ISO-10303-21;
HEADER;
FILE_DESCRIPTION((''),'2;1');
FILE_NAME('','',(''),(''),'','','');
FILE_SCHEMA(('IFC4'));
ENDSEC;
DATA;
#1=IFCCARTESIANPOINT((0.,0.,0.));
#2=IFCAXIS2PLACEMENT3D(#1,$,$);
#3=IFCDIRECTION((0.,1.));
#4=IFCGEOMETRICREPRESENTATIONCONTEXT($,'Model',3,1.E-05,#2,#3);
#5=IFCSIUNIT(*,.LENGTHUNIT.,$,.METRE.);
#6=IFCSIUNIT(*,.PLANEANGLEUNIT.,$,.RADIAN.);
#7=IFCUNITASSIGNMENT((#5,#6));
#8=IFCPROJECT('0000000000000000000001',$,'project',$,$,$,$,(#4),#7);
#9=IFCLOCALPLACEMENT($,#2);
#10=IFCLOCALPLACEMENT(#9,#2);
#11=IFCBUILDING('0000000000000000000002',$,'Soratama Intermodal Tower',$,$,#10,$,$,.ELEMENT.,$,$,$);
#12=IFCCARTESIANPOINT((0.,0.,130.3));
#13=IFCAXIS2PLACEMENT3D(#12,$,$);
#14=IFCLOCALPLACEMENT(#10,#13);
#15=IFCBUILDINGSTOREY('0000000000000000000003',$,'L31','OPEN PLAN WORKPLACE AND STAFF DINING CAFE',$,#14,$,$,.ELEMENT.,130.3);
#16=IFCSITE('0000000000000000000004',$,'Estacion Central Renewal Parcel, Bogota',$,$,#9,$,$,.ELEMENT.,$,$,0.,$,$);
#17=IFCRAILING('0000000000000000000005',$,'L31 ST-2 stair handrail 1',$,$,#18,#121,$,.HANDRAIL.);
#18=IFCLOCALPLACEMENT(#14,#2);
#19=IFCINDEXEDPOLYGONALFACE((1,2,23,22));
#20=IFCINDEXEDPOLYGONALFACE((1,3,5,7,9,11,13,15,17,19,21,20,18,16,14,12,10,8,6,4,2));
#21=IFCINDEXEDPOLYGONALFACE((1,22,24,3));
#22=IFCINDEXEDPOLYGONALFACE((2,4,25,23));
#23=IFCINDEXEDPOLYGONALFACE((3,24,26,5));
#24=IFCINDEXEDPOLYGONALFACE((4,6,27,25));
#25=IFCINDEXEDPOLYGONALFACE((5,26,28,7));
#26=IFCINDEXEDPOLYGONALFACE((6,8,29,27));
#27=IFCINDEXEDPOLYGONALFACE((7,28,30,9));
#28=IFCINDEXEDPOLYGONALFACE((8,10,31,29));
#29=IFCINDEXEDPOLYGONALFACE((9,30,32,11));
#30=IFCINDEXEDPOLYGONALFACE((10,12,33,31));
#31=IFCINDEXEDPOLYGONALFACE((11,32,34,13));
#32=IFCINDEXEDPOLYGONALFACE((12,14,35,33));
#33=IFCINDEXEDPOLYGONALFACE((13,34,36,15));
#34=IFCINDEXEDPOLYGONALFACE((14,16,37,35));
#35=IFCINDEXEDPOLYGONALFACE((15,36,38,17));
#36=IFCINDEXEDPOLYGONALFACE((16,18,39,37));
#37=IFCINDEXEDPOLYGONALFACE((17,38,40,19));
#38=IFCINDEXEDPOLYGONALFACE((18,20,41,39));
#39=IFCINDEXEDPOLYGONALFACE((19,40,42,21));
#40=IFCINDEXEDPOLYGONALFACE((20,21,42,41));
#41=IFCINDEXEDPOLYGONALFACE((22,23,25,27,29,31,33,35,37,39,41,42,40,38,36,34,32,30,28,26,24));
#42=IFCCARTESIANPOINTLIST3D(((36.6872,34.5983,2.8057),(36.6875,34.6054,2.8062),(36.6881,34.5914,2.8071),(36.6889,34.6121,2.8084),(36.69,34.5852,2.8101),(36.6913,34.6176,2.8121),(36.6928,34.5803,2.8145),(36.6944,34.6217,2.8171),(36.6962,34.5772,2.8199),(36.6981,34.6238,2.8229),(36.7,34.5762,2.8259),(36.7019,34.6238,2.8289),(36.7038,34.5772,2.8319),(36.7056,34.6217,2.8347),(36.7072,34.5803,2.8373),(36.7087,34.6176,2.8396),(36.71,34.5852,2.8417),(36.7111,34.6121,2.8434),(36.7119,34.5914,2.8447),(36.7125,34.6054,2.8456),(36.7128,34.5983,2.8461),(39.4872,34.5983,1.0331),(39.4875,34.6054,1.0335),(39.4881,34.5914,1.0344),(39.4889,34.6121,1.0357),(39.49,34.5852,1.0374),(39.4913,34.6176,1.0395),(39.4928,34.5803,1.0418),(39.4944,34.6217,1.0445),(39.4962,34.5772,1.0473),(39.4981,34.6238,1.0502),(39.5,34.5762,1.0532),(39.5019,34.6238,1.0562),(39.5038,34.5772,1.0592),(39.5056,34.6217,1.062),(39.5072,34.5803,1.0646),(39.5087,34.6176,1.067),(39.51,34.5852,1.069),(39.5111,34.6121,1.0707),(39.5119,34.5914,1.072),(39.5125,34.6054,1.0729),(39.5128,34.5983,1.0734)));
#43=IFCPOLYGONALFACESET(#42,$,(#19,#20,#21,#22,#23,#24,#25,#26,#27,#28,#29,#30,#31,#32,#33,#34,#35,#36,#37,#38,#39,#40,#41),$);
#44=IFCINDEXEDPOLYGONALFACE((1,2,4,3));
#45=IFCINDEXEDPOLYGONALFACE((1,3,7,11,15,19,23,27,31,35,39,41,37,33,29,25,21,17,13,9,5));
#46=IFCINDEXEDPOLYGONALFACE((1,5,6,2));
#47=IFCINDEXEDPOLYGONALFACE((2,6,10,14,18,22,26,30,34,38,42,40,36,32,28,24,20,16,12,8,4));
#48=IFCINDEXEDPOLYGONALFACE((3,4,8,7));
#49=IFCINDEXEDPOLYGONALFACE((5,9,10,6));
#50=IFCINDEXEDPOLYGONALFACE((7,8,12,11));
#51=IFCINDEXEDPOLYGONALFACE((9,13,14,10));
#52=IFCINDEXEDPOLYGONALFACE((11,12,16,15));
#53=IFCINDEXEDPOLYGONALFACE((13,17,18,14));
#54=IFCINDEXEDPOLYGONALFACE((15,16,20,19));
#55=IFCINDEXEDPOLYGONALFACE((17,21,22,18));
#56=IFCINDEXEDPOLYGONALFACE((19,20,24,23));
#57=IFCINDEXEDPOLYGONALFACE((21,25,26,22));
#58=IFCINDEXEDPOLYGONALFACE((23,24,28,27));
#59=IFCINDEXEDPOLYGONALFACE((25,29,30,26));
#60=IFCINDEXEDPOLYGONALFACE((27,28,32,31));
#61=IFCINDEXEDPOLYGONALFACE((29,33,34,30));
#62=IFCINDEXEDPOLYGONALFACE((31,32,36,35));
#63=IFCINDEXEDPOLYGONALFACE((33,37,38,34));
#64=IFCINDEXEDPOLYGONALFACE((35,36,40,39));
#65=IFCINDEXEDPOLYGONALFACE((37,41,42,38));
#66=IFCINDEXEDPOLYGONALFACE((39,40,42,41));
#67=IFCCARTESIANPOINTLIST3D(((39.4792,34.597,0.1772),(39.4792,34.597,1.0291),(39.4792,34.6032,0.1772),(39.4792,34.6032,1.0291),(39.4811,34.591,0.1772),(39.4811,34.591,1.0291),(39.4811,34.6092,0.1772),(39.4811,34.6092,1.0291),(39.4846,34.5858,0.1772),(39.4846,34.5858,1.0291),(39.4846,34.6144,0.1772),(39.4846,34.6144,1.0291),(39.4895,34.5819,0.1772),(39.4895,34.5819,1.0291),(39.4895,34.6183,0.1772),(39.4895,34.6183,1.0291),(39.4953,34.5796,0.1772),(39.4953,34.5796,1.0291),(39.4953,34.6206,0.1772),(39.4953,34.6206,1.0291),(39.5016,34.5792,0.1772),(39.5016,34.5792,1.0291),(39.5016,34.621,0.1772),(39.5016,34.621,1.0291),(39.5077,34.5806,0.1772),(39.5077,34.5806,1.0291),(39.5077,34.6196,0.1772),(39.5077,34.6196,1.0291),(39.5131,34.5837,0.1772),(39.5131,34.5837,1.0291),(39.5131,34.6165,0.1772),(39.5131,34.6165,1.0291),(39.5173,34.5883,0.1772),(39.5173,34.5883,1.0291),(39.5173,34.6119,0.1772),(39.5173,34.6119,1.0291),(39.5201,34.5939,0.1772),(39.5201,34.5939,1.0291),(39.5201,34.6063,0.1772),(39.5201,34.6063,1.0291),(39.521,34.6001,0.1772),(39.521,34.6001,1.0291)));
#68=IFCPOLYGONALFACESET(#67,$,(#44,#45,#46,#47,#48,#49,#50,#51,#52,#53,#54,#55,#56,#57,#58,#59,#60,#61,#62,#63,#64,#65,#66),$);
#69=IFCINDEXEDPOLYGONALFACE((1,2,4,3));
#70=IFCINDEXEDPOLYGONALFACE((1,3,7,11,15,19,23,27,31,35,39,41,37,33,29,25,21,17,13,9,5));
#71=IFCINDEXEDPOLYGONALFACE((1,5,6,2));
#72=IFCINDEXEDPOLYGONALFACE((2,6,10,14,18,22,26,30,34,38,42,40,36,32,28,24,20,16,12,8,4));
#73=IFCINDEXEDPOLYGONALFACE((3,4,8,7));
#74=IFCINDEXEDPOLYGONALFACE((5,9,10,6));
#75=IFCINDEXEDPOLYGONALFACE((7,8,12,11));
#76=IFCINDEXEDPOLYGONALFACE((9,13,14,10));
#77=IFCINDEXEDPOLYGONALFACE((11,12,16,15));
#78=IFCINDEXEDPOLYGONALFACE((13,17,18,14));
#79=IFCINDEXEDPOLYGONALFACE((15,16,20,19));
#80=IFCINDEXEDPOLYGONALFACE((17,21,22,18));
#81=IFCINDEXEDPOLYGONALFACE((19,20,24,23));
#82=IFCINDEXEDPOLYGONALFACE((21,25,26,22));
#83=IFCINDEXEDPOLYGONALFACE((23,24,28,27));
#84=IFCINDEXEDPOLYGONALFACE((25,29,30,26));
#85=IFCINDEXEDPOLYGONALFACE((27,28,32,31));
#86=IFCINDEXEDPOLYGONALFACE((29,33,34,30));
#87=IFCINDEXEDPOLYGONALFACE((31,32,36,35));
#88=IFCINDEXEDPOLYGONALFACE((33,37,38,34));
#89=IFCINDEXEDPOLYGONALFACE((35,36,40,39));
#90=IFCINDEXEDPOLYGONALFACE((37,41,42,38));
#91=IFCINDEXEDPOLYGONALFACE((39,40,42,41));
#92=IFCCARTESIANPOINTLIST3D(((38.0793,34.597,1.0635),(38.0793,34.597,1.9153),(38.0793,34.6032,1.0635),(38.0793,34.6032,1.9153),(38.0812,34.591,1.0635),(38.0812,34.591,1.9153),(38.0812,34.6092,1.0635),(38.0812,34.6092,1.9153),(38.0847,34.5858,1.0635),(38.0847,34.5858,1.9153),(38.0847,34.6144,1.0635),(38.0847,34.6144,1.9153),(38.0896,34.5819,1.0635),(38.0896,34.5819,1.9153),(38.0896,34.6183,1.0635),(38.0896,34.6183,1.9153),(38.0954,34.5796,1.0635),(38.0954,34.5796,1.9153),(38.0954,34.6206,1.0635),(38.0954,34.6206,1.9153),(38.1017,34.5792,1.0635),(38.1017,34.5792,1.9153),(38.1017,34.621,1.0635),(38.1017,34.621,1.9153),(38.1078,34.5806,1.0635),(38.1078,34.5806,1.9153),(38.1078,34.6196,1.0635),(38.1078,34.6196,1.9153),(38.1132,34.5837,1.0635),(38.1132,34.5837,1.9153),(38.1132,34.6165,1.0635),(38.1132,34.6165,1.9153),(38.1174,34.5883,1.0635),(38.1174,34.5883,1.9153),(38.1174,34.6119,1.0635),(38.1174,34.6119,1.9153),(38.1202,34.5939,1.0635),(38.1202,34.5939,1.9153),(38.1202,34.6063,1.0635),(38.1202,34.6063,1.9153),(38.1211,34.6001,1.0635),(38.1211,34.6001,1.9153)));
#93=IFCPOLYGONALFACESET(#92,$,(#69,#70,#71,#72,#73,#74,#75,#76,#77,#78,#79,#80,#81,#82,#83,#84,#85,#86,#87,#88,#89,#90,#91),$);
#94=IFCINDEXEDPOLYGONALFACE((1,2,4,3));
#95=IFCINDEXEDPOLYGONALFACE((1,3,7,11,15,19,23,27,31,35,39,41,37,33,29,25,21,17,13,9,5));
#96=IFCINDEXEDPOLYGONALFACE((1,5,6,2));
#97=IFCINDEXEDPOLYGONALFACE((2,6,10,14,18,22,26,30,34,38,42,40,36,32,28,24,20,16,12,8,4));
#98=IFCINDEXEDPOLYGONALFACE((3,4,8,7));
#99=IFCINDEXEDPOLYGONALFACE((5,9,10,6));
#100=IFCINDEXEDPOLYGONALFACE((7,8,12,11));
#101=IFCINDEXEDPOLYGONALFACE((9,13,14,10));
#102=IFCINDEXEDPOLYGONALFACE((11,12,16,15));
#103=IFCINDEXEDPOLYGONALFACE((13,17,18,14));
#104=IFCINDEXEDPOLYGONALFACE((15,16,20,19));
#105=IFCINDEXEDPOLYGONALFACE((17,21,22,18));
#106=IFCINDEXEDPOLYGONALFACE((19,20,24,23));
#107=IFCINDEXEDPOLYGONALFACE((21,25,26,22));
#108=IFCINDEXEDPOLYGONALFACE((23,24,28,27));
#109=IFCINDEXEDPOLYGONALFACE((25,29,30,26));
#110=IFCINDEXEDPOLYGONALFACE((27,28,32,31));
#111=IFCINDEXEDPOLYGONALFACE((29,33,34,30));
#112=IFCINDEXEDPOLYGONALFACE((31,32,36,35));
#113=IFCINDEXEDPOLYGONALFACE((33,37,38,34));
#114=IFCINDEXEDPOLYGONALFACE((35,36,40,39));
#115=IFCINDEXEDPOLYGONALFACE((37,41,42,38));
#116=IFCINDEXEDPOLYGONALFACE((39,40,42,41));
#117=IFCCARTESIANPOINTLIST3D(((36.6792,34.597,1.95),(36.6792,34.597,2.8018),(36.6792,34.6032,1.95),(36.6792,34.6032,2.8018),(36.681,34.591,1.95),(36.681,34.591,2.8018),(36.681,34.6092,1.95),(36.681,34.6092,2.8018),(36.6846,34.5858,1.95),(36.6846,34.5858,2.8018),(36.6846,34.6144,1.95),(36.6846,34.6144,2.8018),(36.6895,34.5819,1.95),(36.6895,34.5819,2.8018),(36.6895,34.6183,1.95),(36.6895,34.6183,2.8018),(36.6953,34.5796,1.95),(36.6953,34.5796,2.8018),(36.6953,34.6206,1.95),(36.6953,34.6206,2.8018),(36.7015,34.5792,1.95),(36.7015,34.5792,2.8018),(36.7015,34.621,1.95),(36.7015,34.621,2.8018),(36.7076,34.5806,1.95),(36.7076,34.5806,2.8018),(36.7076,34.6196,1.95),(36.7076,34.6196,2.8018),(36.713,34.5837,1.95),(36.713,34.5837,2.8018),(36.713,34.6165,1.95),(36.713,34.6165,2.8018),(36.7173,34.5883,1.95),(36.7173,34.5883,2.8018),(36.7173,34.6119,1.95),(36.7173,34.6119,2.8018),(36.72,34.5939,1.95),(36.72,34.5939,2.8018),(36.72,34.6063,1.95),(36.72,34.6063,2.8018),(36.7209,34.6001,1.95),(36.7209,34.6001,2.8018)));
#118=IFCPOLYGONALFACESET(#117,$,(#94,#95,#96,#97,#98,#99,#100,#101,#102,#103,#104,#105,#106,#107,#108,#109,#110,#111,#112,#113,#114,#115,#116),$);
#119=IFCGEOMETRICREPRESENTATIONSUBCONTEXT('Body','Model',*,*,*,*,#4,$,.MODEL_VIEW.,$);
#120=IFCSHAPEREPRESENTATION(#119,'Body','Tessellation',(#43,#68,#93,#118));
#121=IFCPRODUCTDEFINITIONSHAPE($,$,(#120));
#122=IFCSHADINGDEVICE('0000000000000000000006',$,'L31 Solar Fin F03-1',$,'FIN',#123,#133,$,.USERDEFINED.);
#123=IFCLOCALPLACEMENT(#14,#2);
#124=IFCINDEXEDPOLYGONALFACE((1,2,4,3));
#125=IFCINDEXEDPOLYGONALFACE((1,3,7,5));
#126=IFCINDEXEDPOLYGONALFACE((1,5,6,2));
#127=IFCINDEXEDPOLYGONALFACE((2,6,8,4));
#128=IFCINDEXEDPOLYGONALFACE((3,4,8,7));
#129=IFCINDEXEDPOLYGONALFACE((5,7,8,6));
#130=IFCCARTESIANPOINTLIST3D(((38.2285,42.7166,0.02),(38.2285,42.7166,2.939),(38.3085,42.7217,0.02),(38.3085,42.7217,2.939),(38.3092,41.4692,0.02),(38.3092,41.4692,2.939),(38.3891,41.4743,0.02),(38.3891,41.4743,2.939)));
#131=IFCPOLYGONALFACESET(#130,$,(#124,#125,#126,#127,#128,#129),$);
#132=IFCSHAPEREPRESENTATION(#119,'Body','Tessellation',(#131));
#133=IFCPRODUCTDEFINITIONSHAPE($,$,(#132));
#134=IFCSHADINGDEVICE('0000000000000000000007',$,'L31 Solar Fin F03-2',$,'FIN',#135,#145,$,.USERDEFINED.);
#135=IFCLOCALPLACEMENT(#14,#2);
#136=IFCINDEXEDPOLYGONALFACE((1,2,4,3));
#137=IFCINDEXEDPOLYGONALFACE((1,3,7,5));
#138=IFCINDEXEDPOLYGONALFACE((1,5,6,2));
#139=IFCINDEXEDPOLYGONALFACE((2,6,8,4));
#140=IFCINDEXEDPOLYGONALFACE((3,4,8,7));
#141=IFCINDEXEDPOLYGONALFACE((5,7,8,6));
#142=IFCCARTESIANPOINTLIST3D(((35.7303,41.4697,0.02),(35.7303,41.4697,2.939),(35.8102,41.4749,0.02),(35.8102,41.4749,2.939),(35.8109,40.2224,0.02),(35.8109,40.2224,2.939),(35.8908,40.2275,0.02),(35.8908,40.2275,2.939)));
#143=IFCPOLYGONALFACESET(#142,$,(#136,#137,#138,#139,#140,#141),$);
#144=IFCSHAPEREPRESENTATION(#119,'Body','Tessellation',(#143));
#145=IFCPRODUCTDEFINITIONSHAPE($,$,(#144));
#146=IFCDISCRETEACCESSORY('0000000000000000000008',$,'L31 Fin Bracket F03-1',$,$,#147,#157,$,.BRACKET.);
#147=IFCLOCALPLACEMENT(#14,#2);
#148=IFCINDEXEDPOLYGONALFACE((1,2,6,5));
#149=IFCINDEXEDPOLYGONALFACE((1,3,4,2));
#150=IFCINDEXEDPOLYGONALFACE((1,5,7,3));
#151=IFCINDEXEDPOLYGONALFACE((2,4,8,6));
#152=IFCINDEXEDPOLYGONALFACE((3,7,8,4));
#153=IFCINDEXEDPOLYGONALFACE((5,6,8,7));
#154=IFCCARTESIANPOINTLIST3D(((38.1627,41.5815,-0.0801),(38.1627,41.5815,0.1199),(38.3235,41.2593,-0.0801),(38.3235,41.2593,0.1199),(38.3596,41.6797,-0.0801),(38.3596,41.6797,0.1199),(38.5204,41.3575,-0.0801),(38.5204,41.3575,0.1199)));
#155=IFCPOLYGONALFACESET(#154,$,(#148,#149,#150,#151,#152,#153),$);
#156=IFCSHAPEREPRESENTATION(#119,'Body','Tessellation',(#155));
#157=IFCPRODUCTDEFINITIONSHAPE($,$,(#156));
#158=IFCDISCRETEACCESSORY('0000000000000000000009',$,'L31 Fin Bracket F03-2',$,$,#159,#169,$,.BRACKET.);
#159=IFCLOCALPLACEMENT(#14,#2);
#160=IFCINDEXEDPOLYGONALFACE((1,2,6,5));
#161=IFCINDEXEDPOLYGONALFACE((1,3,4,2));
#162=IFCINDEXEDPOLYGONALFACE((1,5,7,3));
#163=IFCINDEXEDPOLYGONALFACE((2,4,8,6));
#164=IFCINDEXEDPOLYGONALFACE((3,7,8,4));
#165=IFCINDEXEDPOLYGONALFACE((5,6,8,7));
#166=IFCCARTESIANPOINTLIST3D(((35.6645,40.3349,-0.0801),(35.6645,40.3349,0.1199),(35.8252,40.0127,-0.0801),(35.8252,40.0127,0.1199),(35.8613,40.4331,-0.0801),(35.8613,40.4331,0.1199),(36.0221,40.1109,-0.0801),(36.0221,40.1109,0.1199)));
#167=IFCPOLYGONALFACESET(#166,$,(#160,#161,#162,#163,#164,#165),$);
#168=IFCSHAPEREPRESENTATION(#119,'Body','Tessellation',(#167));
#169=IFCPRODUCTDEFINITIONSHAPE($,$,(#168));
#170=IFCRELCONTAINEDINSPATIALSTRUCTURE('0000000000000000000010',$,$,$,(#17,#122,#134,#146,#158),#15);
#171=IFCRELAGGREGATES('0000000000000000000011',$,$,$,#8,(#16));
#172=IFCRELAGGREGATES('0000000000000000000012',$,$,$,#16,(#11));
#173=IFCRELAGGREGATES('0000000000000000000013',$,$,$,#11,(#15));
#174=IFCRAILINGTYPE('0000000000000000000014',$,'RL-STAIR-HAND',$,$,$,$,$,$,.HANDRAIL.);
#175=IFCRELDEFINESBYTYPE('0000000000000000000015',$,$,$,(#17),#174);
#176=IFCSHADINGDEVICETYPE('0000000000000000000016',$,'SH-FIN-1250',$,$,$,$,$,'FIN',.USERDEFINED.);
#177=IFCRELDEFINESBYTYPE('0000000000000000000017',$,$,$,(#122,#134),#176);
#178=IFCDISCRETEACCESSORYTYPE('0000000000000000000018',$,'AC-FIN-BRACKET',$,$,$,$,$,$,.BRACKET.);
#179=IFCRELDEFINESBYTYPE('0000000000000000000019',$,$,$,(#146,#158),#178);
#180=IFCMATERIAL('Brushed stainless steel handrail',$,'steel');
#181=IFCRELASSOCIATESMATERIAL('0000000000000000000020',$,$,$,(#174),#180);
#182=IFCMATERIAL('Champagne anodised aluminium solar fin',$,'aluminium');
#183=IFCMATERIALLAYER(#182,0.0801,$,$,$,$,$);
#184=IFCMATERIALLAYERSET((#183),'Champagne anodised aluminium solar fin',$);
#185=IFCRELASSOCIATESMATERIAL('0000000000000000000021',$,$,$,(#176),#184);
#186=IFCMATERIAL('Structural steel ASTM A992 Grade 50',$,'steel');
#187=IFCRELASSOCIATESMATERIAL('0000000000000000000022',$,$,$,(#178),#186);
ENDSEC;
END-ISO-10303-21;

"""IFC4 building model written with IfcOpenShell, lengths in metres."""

from ifc_helpers import new_model, si_unit, direction, frame, origin, origin_2d, place, context, subcontext, project, spatial, rectangle, circle, extrude, material, layer, layer_set, type_object, element, save


model = new_model("IFC4")

# Units and contexts
model_context = context("Model", 3, precision=1e-05, world=origin(), true_north=direction((0.0, 1.0)))
body_context = subcontext(model_context, "Body", "Model", "MODEL_VIEW")
ifc_project = project(units=[si_unit("LENGTHUNIT", "METRE"), si_unit("PLANEANGLEUNIT", "RADIAN")], contexts=[model_context])

# Site, building, storey
site_placement = place(None, origin())
site = spatial("IfcSite", under=ifc_project, at=site_placement, Name="Estacion Central Renewal Parcel, Bogota", CompositionType="ELEMENT", RefElevation=0.0)
building_placement = place(site_placement, origin())
building = spatial("IfcBuilding", under=site, at=building_placement, Name="Soratama Intermodal Tower", CompositionType="ELEMENT")
storey_placement = place(building_placement, frame((0.0, 0.0, 130.3)))
storey = spatial("IfcBuildingStorey", under=building, at=storey_placement, Name="L31", Description="OPEN PLAN WORKPLACE AND STAFF DINING CAFE", CompositionType="ELEMENT", Elevation=130.3)

# Railing
ifc_material_1 = material(Name="Brushed stainless steel handrail", Category="steel")
railing_type_1 = type_object("IfcRailingType", Name="RL-STAIR-HAND", PredefinedType="HANDRAIL", material=ifc_material_1)
railing_1_placement = place(storey_placement, frame((39.5, 34.6001, 0.1772)))
element("IfcRailing", 1, at=railing_1_placement, inside=storey, type_object=railing_type_1, Name="L31 ST-2 stair handrail 1", PredefinedType="HANDRAIL", context=body_context, shape_type="SweptSolid", body=[
    extrude(circle(Radius=0.0239, at=origin_2d()), frame((0.0, 0.0, 0.876), z_axis=(-0.844909, 0.0, 0.53491), x_axis=(0.0, -1.0, 0.0)), (0.0, 0.0, 1.0), 3.314),
    extrude(circle(Radius=0.021, at=origin_2d()), origin(), (0.0, 0.0, 1.0), 0.8518),
    extrude(circle(Radius=0.021, at=origin_2d()), frame((-1.3999, 0.0, 0.8862)), (0.0, 0.0, 1.0), 0.8518),
    extrude(circle(Radius=0.021, at=origin_2d()), frame((-2.8, 0.0, 1.7727)), (0.0, 0.0, 1.0), 0.8518),
])

# Shading devices
ifc_material_2 = material(Name="Champagne anodised aluminium solar fin", Category="aluminium")
ifc_layer_1 = layer(ifc_material_2, 0.0801)
ifc_layer_set_1 = layer_set([ifc_layer_1], Name="Champagne anodised aluminium solar fin")
shading_device_type = type_object("IfcShadingDeviceType", Name="SH-FIN-1250", ElementType="FIN", PredefinedType="USERDEFINED", material=ifc_layer_set_1)
for number, where, z_axis, x_axis, name in (
    (2, (38.3088, 42.0955, 0.02), (0.0, 0.0, 1.0), (-0.064532, 0.997916, 0.0), "L31 Solar Fin F03-1"),
    (3, (35.8105, 40.8486, 0.02), (0.0, 0.0, 1.0), (-0.064532, 0.997916, 0.0), "L31 Solar Fin F03-2"),
):
    element("IfcShadingDevice", number, at=place(storey_placement, frame(where, z_axis=z_axis, x_axis=x_axis)), inside=storey, type_object=shading_device_type, Name=name, ObjectType="FIN", PredefinedType="USERDEFINED", context=body_context, shape_type="SweptSolid", body=[
        extrude(rectangle(XDim=1.25, YDim=0.0801, at=origin_2d()), origin(), (0.0, 0.0, 1.0), 2.9189),
    ])

# Discrete accessories
ifc_material_3 = material(Name="Structural steel ASTM A992 Grade 50", Category="steel")
discrete_accessory_type = type_object("IfcDiscreteAccessoryType", Name="AC-FIN-BRACKET", PredefinedType="BRACKET", material=ifc_material_3)
for number, where, z_axis, x_axis, name in (
    (4, (38.3416, 41.4695, -0.0801), (0.0, 0.0, 1.0), (-0.44651, 0.894779, 0.0), "L31 Fin Bracket F03-1"),
    (5, (35.8433, 40.2229, -0.0801), (0.0, 0.0, 1.0), (-0.44651, 0.894779, 0.0), "L31 Fin Bracket F03-2"),
):
    element("IfcDiscreteAccessory", number, at=place(storey_placement, frame(where, z_axis=z_axis, x_axis=x_axis)), inside=storey, type_object=discrete_accessory_type, Name=name, PredefinedType="BRACKET", context=body_context, shape_type="SweptSolid", body=[
        extrude(rectangle(XDim=0.3601, YDim=0.22, at=origin_2d()), origin(), (0.0, 0.0, 1.0), 0.2),
    ])

save(model, "model.ifc")
